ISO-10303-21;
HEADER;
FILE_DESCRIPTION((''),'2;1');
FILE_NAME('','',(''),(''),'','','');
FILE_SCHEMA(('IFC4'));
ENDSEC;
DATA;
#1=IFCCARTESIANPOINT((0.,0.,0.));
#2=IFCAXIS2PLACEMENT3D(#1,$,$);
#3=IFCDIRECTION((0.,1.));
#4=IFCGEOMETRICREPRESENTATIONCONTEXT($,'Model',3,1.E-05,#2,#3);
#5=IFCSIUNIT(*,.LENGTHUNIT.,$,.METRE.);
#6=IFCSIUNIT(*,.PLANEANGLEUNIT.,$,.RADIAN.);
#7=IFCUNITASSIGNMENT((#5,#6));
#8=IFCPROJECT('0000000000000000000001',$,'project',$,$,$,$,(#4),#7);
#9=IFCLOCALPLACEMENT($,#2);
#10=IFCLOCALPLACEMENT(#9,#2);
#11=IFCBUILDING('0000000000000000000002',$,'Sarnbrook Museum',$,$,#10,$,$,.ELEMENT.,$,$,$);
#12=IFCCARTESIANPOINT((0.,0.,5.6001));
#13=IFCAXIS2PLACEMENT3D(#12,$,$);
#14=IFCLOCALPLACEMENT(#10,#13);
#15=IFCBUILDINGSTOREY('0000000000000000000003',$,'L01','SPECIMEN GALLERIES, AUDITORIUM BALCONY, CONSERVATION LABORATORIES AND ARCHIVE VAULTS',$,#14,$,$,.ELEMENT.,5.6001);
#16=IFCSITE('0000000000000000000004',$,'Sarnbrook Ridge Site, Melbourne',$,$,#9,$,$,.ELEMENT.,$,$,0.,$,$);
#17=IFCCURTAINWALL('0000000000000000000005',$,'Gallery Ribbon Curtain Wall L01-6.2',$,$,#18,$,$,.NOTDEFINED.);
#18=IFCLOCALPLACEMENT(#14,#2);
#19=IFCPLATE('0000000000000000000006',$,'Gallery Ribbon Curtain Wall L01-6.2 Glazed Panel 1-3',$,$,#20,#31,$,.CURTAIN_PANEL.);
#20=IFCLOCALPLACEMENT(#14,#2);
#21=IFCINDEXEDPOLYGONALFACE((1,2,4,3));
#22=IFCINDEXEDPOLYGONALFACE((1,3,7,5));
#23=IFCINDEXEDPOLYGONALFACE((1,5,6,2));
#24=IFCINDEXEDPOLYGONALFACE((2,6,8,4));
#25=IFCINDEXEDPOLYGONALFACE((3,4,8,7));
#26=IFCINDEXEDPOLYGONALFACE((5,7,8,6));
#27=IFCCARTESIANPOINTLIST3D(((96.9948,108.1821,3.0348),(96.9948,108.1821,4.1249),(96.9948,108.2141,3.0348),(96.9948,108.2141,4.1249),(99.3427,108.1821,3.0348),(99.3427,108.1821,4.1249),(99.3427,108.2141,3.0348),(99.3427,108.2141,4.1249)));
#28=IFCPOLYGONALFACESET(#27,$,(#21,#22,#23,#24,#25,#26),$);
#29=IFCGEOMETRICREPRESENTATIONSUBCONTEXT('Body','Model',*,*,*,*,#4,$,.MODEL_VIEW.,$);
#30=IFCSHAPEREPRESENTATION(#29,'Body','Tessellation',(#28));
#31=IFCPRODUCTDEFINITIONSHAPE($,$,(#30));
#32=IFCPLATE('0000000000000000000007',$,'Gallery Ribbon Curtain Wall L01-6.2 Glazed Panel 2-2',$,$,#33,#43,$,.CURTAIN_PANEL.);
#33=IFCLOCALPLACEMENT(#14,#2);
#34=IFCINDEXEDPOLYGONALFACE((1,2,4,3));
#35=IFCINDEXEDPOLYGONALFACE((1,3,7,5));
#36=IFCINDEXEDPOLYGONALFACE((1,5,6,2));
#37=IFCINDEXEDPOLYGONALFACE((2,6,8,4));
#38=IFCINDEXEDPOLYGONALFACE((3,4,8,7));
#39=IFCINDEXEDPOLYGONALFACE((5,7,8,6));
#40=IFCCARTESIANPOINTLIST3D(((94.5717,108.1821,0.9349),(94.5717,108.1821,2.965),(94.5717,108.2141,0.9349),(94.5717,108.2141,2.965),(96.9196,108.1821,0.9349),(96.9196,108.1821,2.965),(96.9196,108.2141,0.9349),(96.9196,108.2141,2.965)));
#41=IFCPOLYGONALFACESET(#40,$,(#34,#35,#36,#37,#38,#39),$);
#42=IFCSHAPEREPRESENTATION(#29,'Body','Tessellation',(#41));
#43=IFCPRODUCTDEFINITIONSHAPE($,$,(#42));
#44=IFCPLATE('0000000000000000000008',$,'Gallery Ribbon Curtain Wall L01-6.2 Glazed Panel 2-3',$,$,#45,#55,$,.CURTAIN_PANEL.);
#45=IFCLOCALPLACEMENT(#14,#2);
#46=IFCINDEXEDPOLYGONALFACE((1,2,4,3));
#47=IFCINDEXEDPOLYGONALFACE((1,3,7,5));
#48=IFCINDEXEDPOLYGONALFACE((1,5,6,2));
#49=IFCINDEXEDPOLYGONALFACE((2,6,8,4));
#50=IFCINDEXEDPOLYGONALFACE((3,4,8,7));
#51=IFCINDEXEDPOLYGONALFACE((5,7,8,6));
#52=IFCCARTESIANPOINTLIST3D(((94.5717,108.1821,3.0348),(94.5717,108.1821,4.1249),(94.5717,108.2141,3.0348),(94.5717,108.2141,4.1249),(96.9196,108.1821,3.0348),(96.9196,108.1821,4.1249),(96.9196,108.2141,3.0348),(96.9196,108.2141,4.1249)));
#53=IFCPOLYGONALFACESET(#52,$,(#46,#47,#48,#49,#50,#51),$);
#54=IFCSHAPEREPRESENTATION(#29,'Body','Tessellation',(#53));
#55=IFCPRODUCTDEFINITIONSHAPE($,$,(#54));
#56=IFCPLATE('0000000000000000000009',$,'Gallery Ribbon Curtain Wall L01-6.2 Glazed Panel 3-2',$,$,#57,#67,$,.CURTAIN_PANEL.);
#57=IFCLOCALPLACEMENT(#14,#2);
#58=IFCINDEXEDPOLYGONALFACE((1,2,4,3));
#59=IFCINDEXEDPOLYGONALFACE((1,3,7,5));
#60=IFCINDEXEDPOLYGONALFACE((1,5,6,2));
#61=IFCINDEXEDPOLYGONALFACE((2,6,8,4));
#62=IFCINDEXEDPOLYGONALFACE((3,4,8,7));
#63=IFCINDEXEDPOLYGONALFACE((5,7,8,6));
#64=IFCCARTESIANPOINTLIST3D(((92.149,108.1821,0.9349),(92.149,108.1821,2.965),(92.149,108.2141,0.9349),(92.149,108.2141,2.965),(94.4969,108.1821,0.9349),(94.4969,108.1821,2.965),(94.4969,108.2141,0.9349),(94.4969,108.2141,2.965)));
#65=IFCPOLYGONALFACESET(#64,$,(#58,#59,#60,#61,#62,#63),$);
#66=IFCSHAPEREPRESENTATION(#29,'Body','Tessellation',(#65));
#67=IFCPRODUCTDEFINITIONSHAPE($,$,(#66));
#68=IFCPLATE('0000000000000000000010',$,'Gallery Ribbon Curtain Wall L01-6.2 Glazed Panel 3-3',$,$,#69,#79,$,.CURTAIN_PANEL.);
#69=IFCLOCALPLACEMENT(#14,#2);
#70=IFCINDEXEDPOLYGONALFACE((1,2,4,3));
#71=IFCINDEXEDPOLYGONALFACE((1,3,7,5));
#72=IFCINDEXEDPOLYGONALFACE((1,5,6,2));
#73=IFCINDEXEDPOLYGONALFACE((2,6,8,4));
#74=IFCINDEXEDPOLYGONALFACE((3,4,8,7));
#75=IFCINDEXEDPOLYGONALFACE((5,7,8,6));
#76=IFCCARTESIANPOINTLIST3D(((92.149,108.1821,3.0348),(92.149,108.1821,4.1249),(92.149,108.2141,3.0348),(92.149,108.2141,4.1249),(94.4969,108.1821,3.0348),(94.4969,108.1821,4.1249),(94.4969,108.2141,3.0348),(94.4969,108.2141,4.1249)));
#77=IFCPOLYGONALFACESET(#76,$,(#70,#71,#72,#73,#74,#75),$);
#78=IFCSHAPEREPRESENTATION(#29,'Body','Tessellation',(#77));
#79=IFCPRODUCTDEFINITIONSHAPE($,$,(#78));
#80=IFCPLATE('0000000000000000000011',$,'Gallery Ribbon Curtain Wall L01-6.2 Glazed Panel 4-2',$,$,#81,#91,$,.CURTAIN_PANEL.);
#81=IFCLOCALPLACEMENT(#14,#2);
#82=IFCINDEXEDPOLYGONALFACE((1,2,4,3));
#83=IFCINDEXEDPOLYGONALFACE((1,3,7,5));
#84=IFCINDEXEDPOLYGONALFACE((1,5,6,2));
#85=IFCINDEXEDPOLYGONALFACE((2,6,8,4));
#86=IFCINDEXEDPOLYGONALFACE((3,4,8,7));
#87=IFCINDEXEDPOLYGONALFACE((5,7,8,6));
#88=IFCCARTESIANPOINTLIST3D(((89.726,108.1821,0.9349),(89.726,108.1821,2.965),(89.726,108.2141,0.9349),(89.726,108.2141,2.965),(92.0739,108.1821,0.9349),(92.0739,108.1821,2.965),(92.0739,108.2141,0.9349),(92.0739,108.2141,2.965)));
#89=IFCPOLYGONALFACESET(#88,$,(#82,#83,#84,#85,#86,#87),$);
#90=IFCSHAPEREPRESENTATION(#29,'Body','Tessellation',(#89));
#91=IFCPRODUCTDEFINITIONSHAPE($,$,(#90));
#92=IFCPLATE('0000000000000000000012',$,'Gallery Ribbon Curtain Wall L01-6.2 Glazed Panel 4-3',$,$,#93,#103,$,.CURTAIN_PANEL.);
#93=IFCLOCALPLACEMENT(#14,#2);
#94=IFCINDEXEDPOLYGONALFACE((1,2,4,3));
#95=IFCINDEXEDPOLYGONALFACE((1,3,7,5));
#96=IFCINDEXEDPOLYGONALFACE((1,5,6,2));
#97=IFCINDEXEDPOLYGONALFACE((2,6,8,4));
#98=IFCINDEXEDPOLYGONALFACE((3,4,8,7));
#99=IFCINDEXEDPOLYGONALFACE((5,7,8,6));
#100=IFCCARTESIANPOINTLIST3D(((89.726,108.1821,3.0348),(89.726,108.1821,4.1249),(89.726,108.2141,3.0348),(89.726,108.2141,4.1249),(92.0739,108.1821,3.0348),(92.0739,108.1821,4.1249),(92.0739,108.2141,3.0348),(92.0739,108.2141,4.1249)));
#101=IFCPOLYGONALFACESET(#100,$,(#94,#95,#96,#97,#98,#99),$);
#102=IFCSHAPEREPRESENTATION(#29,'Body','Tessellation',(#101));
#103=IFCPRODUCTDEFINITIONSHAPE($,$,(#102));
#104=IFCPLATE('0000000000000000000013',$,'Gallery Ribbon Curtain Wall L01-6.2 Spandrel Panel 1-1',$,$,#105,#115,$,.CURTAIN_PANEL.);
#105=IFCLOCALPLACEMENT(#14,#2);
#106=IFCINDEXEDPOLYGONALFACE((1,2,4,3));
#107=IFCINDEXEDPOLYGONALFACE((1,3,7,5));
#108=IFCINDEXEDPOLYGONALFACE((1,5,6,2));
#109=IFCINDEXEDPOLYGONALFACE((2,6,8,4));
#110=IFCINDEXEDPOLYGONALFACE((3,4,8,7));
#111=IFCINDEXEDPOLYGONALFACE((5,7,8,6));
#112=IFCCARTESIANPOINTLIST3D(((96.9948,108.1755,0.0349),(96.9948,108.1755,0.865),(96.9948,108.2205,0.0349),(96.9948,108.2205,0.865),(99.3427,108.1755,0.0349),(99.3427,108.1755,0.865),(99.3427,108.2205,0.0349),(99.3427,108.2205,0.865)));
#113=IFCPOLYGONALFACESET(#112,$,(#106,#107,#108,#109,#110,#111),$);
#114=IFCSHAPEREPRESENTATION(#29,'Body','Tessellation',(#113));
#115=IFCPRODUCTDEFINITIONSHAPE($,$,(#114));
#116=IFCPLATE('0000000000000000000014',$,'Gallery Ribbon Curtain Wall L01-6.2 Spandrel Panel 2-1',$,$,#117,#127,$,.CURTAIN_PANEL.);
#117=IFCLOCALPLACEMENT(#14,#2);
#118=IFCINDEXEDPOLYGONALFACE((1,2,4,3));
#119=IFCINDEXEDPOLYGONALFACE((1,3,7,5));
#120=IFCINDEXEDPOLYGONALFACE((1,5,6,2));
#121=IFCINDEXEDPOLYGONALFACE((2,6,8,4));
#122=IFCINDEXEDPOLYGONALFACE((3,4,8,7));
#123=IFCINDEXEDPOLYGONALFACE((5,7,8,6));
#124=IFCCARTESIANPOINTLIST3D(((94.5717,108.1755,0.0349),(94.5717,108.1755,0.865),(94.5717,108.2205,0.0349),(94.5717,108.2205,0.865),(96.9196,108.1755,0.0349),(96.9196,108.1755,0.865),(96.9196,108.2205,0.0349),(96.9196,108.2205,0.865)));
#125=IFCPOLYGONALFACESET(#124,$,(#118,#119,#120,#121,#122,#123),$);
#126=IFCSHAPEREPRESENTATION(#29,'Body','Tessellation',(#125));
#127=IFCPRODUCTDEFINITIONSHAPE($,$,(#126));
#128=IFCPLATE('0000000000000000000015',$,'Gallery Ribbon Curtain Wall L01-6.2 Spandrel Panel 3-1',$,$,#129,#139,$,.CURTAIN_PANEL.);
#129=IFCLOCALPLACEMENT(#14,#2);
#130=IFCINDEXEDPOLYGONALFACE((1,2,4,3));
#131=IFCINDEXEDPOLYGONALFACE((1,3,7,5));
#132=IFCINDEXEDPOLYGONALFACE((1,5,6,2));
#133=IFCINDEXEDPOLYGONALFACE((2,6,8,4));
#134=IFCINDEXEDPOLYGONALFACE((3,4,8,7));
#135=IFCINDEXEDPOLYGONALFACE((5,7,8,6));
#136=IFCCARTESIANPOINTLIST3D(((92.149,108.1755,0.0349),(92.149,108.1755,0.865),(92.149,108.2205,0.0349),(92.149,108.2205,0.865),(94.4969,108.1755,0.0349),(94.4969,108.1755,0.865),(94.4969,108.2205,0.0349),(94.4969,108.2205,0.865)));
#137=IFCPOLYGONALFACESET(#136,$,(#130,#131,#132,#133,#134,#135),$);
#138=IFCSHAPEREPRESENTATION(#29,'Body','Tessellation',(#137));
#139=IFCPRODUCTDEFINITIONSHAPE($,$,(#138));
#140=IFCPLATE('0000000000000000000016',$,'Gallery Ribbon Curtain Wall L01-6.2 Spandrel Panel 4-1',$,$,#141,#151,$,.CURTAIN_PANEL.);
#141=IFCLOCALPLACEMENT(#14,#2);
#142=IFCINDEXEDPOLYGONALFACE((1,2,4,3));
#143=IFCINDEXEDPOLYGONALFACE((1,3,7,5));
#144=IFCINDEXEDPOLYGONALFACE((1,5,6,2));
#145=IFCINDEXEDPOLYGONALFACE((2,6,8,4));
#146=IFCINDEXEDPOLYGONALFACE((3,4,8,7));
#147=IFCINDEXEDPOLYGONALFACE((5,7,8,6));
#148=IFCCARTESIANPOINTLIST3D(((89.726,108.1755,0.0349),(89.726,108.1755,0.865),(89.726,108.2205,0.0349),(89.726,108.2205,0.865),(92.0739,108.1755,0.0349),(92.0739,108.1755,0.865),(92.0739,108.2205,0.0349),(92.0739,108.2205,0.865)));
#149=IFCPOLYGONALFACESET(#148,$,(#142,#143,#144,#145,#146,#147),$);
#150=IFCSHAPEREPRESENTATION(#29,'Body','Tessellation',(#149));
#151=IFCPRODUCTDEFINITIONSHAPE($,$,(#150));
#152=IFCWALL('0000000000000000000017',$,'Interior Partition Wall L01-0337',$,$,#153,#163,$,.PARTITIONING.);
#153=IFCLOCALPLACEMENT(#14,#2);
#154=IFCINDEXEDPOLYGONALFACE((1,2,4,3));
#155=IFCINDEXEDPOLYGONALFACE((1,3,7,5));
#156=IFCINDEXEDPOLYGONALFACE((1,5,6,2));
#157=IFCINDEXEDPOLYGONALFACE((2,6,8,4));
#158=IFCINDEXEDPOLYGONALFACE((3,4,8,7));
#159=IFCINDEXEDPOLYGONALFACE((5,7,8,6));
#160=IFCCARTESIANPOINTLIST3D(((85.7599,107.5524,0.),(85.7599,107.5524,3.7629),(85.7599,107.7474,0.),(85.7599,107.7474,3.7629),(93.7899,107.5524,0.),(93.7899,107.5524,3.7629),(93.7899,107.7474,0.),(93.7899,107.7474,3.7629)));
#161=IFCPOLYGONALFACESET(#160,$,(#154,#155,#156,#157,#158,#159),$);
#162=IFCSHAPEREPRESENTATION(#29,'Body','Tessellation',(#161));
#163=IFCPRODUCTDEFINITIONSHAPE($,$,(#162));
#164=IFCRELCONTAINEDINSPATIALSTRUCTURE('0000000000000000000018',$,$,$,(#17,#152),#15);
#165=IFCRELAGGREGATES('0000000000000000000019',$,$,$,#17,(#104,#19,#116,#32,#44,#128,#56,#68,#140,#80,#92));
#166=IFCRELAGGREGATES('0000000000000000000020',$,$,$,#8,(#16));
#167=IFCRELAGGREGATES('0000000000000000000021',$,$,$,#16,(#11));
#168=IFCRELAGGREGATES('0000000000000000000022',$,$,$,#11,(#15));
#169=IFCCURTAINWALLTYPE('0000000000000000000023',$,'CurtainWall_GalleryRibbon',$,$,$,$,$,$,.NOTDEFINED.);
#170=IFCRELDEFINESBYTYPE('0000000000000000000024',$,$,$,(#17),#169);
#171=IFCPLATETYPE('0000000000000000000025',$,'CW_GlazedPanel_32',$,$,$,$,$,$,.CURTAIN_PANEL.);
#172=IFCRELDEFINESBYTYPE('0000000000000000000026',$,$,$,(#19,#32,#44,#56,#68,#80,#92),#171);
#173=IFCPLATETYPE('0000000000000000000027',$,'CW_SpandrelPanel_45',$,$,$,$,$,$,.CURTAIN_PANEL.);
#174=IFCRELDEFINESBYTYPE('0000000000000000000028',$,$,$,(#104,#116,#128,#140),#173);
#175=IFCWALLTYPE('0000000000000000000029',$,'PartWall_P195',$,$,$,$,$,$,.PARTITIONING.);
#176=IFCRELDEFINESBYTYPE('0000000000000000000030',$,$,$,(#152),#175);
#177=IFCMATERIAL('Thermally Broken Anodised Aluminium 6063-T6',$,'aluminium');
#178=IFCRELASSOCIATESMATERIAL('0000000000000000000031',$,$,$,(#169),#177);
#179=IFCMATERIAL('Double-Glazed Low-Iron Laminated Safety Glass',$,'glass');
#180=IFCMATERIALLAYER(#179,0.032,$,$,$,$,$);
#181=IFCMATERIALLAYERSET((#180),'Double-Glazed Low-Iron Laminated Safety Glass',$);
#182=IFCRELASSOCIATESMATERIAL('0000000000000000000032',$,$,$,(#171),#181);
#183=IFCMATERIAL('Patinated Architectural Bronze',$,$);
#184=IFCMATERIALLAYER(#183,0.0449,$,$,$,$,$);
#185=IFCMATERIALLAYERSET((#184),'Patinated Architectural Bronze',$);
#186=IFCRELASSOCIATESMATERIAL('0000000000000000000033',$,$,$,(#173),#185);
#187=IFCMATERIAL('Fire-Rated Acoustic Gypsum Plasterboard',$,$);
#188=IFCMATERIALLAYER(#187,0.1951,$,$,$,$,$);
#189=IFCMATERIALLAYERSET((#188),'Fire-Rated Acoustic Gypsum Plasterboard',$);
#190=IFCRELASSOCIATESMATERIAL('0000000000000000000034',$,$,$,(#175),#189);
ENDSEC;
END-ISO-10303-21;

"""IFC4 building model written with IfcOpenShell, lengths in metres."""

from ifc_helpers import new_model, si_unit, direction, frame, frame_2d, origin, origin_2d, place, context, subcontext, project, spatial, rectangle, extrude, material, layer, layer_set, type_object, element, aggregate, save


model = new_model("IFC4")

# Units and contexts
model_context = context("Model", 3, precision=1e-05, world=origin(), true_north=direction((0.0, 1.0)))
body_context = subcontext(model_context, "Body", "Model", "MODEL_VIEW")
ifc_project = project(units=[si_unit("LENGTHUNIT", "METRE"), si_unit("PLANEANGLEUNIT", "RADIAN")], contexts=[model_context])

# Site, building, storey
site_placement = place(None, origin())
site = spatial("IfcSite", under=ifc_project, at=site_placement, Name="Sarnbrook Ridge Site, Melbourne", CompositionType="ELEMENT", RefElevation=0.0)
building_placement = place(site_placement, origin())
building = spatial("IfcBuilding", under=site, at=building_placement, Name="Sarnbrook Museum", CompositionType="ELEMENT")
storey_placement = place(building_placement, frame((0.0, 0.0, 5.6001)))
storey = spatial("IfcBuildingStorey", under=building, at=storey_placement, Name="L01", Description="SPECIMEN GALLERIES, AUDITORIUM BALCONY, CONSERVATION LABORATORIES AND ARCHIVE VAULTS", CompositionType="ELEMENT", Elevation=5.6001)

# Curtain wall
ifc_material_1 = material(Name="Thermally Broken Anodised Aluminium 6063-T6", Category="aluminium")
curtain_wall_type = type_object("IfcCurtainWallType", Name="CurtainWall_GalleryRibbon", PredefinedType="NOTDEFINED", material=ifc_material_1)
curtain_wall_placement = place(storey_placement, origin())
curtain_wall = element("IfcCurtainWall", 1, at=curtain_wall_placement, inside=storey, type_object=curtain_wall_type, Name="Gallery Ribbon Curtain Wall L01-6.2", PredefinedType="NOTDEFINED")

# Plates
ifc_material_2 = material(Name="Double-Glazed Low-Iron Laminated Safety Glass", Category="glass")
ifc_layer_1 = layer(ifc_material_2, 0.032)
ifc_layer_set_1 = layer_set([ifc_layer_1], Name="Double-Glazed Low-Iron Laminated Safety Glass")
plate_type_1 = type_object("IfcPlateType", Name="CW_GlazedPanel_32", PredefinedType="CURTAIN_PANEL", material=ifc_layer_set_1)
plate_1_placement = place(storey_placement, frame((98.1687, 108.1821, 3.5798), z_axis=(0.0, 1.0, 0.0), x_axis=(-1.0, 0.0, 0.0)))
plate_1 = element("IfcPlate", 2, at=plate_1_placement, type_object=plate_type_1, Name="Gallery Ribbon Curtain Wall L01-6.2 Glazed Panel 1-3", PredefinedType="CURTAIN_PANEL", context=body_context, shape_type="SweptSolid", body=[
    extrude(rectangle(XDim=2.3479, YDim=1.0901, at=origin_2d()), origin(), (0.0, 0.0, 1.0), 0.032),
])
plate_2_placement = place(storey_placement, frame((95.7456, 108.1821, 1.95), z_axis=(0.0, 1.0, 0.0), x_axis=(-1.0, 0.0, 0.0)))
plate_2 = element("IfcPlate", 3, at=plate_2_placement, type_object=plate_type_1, Name="Gallery Ribbon Curtain Wall L01-6.2 Glazed Panel 2-2", PredefinedType="CURTAIN_PANEL", context=body_context, shape_type="SweptSolid", body=[
    extrude(rectangle(XDim=2.3479, YDim=2.03, at=origin_2d()), origin(), (0.0, 0.0, 1.0), 0.032),
])
plate_3_placement = place(storey_placement, frame((95.7456, 108.1821, 3.5798), z_axis=(0.0, 1.0, 0.0), x_axis=(-1.0, 0.0, 0.0)))
plate_3 = element("IfcPlate", 4, at=plate_3_placement, type_object=plate_type_1, Name="Gallery Ribbon Curtain Wall L01-6.2 Glazed Panel 2-3", PredefinedType="CURTAIN_PANEL", context=body_context, shape_type="SweptSolid", body=[
    extrude(rectangle(XDim=2.3479, YDim=1.0901, at=origin_2d()), origin(), (0.0, 0.0, 1.0), 0.032),
])
plate_4_placement = place(storey_placement, frame((93.323, 108.1821, 1.95), z_axis=(0.0, 1.0, 0.0), x_axis=(-1.0, 0.0, 0.0)))
plate_4 = element("IfcPlate", 5, at=plate_4_placement, type_object=plate_type_1, Name="Gallery Ribbon Curtain Wall L01-6.2 Glazed Panel 3-2", PredefinedType="CURTAIN_PANEL", context=body_context, shape_type="SweptSolid", body=[
    extrude(rectangle(XDim=2.3479, YDim=2.03, at=origin_2d()), origin(), (0.0, 0.0, 1.0), 0.032),
])
plate_5_placement = place(storey_placement, frame((93.323, 108.1821, 3.5798), z_axis=(0.0, 1.0, 0.0), x_axis=(-1.0, 0.0, 0.0)))
plate_5 = element("IfcPlate", 6, at=plate_5_placement, type_object=plate_type_1, Name="Gallery Ribbon Curtain Wall L01-6.2 Glazed Panel 3-3", PredefinedType="CURTAIN_PANEL", context=body_context, shape_type="SweptSolid", body=[
    extrude(rectangle(XDim=2.3479, YDim=1.0901, at=origin_2d()), origin(), (0.0, 0.0, 1.0), 0.032),
])
plate_6_placement = place(storey_placement, frame((90.8999, 108.1821, 1.95), z_axis=(0.0, 1.0, 0.0), x_axis=(-1.0, 0.0, 0.0)))
plate_6 = element("IfcPlate", 7, at=plate_6_placement, type_object=plate_type_1, Name="Gallery Ribbon Curtain Wall L01-6.2 Glazed Panel 4-2", PredefinedType="CURTAIN_PANEL", context=body_context, shape_type="SweptSolid", body=[
    extrude(rectangle(XDim=2.3479, YDim=2.03, at=origin_2d()), origin(), (0.0, 0.0, 1.0), 0.032),
])
plate_7_placement = place(storey_placement, frame((90.8999, 108.1821, 3.5798), z_axis=(0.0, 1.0, 0.0), x_axis=(-1.0, 0.0, 0.0)))
plate_7 = element("IfcPlate", 8, at=plate_7_placement, type_object=plate_type_1, Name="Gallery Ribbon Curtain Wall L01-6.2 Glazed Panel 4-3", PredefinedType="CURTAIN_PANEL", context=body_context, shape_type="SweptSolid", body=[
    extrude(rectangle(XDim=2.3479, YDim=1.0901, at=origin_2d()), origin(), (0.0, 0.0, 1.0), 0.032),
])
ifc_material_3 = material(Name="Patinated Architectural Bronze")
ifc_layer_2 = layer(ifc_material_3, 0.0449)
ifc_layer_set_2 = layer_set([ifc_layer_2], Name="Patinated Architectural Bronze")
plate_type_2 = type_object("IfcPlateType", Name="CW_SpandrelPanel_45", PredefinedType="CURTAIN_PANEL", material=ifc_layer_set_2)
plate_8_placement = place(storey_placement, frame((98.1687, 108.1755, 0.45), z_axis=(0.0, 1.0, 0.0), x_axis=(-1.0, 0.0, 0.0)))
plate_8 = element("IfcPlate", 9, at=plate_8_placement, type_object=plate_type_2, Name="Gallery Ribbon Curtain Wall L01-6.2 Spandrel Panel 1-1", PredefinedType="CURTAIN_PANEL", context=body_context, shape_type="SweptSolid", body=[
    extrude(rectangle(XDim=2.3479, YDim=0.8301, at=origin_2d()), origin(), (0.0, 0.0, 1.0), 0.0449),
])
plate_9_placement = place(storey_placement, frame((95.7456, 108.1755, 0.45), z_axis=(0.0, 1.0, 0.0), x_axis=(-1.0, 0.0, 0.0)))
plate_9 = element("IfcPlate", 10, at=plate_9_placement, type_object=plate_type_2, Name="Gallery Ribbon Curtain Wall L01-6.2 Spandrel Panel 2-1", PredefinedType="CURTAIN_PANEL", context=body_context, shape_type="SweptSolid", body=[
    extrude(rectangle(XDim=2.3479, YDim=0.8301, at=origin_2d()), origin(), (0.0, 0.0, 1.0), 0.0449),
])
plate_10_placement = place(storey_placement, frame((93.323, 108.1755, 0.45), z_axis=(0.0, 1.0, 0.0), x_axis=(-1.0, 0.0, 0.0)))
plate_10 = element("IfcPlate", 11, at=plate_10_placement, type_object=plate_type_2, Name="Gallery Ribbon Curtain Wall L01-6.2 Spandrel Panel 3-1", PredefinedType="CURTAIN_PANEL", context=body_context, shape_type="SweptSolid", body=[
    extrude(rectangle(XDim=2.3479, YDim=0.8301, at=origin_2d()), origin(), (0.0, 0.0, 1.0), 0.0449),
])
plate_11_placement = place(storey_placement, frame((90.8999, 108.1755, 0.45), z_axis=(0.0, 1.0, 0.0), x_axis=(-1.0, 0.0, 0.0)))
plate_11 = element("IfcPlate", 12, at=plate_11_placement, type_object=plate_type_2, Name="Gallery Ribbon Curtain Wall L01-6.2 Spandrel Panel 4-1", PredefinedType="CURTAIN_PANEL", context=body_context, shape_type="SweptSolid", body=[
    extrude(rectangle(XDim=2.3479, YDim=0.8301, at=origin_2d()), origin(), (0.0, 0.0, 1.0), 0.0449),
])
aggregate(curtain_wall, [plate_8, plate_1, plate_9, plate_2, plate_3, plate_10, plate_4, plate_5, plate_11, plate_6, plate_7])

# Wall
ifc_material_4 = material(Name="Fire-Rated Acoustic Gypsum Plasterboard")
ifc_layer_3 = layer(ifc_material_4, 0.1951)
ifc_layer_set_3 = layer_set([ifc_layer_3], Name="Fire-Rated Acoustic Gypsum Plasterboard")
wall_type = type_object("IfcWallType", Name="PartWall_P195", PredefinedType="PARTITIONING", material=ifc_layer_set_3)
wall_placement = place(storey_placement, frame((93.79, 107.6499, 0.0), z_axis=(0.0, 0.0, 1.0), x_axis=(-1.0, 0.0, 0.0)))
element("IfcWall", 13, at=wall_placement, inside=storey, type_object=wall_type, Name="Interior Partition Wall L01-0337", PredefinedType="PARTITIONING", context=body_context, shape_type="SweptSolid", body=[
    extrude(rectangle(XDim=8.03, YDim=0.1951, at=frame_2d((4.0151, 0.0))), origin(), (0.0, 0.0, 1.0), 3.7629),
])

save(model, "model.ifc")
